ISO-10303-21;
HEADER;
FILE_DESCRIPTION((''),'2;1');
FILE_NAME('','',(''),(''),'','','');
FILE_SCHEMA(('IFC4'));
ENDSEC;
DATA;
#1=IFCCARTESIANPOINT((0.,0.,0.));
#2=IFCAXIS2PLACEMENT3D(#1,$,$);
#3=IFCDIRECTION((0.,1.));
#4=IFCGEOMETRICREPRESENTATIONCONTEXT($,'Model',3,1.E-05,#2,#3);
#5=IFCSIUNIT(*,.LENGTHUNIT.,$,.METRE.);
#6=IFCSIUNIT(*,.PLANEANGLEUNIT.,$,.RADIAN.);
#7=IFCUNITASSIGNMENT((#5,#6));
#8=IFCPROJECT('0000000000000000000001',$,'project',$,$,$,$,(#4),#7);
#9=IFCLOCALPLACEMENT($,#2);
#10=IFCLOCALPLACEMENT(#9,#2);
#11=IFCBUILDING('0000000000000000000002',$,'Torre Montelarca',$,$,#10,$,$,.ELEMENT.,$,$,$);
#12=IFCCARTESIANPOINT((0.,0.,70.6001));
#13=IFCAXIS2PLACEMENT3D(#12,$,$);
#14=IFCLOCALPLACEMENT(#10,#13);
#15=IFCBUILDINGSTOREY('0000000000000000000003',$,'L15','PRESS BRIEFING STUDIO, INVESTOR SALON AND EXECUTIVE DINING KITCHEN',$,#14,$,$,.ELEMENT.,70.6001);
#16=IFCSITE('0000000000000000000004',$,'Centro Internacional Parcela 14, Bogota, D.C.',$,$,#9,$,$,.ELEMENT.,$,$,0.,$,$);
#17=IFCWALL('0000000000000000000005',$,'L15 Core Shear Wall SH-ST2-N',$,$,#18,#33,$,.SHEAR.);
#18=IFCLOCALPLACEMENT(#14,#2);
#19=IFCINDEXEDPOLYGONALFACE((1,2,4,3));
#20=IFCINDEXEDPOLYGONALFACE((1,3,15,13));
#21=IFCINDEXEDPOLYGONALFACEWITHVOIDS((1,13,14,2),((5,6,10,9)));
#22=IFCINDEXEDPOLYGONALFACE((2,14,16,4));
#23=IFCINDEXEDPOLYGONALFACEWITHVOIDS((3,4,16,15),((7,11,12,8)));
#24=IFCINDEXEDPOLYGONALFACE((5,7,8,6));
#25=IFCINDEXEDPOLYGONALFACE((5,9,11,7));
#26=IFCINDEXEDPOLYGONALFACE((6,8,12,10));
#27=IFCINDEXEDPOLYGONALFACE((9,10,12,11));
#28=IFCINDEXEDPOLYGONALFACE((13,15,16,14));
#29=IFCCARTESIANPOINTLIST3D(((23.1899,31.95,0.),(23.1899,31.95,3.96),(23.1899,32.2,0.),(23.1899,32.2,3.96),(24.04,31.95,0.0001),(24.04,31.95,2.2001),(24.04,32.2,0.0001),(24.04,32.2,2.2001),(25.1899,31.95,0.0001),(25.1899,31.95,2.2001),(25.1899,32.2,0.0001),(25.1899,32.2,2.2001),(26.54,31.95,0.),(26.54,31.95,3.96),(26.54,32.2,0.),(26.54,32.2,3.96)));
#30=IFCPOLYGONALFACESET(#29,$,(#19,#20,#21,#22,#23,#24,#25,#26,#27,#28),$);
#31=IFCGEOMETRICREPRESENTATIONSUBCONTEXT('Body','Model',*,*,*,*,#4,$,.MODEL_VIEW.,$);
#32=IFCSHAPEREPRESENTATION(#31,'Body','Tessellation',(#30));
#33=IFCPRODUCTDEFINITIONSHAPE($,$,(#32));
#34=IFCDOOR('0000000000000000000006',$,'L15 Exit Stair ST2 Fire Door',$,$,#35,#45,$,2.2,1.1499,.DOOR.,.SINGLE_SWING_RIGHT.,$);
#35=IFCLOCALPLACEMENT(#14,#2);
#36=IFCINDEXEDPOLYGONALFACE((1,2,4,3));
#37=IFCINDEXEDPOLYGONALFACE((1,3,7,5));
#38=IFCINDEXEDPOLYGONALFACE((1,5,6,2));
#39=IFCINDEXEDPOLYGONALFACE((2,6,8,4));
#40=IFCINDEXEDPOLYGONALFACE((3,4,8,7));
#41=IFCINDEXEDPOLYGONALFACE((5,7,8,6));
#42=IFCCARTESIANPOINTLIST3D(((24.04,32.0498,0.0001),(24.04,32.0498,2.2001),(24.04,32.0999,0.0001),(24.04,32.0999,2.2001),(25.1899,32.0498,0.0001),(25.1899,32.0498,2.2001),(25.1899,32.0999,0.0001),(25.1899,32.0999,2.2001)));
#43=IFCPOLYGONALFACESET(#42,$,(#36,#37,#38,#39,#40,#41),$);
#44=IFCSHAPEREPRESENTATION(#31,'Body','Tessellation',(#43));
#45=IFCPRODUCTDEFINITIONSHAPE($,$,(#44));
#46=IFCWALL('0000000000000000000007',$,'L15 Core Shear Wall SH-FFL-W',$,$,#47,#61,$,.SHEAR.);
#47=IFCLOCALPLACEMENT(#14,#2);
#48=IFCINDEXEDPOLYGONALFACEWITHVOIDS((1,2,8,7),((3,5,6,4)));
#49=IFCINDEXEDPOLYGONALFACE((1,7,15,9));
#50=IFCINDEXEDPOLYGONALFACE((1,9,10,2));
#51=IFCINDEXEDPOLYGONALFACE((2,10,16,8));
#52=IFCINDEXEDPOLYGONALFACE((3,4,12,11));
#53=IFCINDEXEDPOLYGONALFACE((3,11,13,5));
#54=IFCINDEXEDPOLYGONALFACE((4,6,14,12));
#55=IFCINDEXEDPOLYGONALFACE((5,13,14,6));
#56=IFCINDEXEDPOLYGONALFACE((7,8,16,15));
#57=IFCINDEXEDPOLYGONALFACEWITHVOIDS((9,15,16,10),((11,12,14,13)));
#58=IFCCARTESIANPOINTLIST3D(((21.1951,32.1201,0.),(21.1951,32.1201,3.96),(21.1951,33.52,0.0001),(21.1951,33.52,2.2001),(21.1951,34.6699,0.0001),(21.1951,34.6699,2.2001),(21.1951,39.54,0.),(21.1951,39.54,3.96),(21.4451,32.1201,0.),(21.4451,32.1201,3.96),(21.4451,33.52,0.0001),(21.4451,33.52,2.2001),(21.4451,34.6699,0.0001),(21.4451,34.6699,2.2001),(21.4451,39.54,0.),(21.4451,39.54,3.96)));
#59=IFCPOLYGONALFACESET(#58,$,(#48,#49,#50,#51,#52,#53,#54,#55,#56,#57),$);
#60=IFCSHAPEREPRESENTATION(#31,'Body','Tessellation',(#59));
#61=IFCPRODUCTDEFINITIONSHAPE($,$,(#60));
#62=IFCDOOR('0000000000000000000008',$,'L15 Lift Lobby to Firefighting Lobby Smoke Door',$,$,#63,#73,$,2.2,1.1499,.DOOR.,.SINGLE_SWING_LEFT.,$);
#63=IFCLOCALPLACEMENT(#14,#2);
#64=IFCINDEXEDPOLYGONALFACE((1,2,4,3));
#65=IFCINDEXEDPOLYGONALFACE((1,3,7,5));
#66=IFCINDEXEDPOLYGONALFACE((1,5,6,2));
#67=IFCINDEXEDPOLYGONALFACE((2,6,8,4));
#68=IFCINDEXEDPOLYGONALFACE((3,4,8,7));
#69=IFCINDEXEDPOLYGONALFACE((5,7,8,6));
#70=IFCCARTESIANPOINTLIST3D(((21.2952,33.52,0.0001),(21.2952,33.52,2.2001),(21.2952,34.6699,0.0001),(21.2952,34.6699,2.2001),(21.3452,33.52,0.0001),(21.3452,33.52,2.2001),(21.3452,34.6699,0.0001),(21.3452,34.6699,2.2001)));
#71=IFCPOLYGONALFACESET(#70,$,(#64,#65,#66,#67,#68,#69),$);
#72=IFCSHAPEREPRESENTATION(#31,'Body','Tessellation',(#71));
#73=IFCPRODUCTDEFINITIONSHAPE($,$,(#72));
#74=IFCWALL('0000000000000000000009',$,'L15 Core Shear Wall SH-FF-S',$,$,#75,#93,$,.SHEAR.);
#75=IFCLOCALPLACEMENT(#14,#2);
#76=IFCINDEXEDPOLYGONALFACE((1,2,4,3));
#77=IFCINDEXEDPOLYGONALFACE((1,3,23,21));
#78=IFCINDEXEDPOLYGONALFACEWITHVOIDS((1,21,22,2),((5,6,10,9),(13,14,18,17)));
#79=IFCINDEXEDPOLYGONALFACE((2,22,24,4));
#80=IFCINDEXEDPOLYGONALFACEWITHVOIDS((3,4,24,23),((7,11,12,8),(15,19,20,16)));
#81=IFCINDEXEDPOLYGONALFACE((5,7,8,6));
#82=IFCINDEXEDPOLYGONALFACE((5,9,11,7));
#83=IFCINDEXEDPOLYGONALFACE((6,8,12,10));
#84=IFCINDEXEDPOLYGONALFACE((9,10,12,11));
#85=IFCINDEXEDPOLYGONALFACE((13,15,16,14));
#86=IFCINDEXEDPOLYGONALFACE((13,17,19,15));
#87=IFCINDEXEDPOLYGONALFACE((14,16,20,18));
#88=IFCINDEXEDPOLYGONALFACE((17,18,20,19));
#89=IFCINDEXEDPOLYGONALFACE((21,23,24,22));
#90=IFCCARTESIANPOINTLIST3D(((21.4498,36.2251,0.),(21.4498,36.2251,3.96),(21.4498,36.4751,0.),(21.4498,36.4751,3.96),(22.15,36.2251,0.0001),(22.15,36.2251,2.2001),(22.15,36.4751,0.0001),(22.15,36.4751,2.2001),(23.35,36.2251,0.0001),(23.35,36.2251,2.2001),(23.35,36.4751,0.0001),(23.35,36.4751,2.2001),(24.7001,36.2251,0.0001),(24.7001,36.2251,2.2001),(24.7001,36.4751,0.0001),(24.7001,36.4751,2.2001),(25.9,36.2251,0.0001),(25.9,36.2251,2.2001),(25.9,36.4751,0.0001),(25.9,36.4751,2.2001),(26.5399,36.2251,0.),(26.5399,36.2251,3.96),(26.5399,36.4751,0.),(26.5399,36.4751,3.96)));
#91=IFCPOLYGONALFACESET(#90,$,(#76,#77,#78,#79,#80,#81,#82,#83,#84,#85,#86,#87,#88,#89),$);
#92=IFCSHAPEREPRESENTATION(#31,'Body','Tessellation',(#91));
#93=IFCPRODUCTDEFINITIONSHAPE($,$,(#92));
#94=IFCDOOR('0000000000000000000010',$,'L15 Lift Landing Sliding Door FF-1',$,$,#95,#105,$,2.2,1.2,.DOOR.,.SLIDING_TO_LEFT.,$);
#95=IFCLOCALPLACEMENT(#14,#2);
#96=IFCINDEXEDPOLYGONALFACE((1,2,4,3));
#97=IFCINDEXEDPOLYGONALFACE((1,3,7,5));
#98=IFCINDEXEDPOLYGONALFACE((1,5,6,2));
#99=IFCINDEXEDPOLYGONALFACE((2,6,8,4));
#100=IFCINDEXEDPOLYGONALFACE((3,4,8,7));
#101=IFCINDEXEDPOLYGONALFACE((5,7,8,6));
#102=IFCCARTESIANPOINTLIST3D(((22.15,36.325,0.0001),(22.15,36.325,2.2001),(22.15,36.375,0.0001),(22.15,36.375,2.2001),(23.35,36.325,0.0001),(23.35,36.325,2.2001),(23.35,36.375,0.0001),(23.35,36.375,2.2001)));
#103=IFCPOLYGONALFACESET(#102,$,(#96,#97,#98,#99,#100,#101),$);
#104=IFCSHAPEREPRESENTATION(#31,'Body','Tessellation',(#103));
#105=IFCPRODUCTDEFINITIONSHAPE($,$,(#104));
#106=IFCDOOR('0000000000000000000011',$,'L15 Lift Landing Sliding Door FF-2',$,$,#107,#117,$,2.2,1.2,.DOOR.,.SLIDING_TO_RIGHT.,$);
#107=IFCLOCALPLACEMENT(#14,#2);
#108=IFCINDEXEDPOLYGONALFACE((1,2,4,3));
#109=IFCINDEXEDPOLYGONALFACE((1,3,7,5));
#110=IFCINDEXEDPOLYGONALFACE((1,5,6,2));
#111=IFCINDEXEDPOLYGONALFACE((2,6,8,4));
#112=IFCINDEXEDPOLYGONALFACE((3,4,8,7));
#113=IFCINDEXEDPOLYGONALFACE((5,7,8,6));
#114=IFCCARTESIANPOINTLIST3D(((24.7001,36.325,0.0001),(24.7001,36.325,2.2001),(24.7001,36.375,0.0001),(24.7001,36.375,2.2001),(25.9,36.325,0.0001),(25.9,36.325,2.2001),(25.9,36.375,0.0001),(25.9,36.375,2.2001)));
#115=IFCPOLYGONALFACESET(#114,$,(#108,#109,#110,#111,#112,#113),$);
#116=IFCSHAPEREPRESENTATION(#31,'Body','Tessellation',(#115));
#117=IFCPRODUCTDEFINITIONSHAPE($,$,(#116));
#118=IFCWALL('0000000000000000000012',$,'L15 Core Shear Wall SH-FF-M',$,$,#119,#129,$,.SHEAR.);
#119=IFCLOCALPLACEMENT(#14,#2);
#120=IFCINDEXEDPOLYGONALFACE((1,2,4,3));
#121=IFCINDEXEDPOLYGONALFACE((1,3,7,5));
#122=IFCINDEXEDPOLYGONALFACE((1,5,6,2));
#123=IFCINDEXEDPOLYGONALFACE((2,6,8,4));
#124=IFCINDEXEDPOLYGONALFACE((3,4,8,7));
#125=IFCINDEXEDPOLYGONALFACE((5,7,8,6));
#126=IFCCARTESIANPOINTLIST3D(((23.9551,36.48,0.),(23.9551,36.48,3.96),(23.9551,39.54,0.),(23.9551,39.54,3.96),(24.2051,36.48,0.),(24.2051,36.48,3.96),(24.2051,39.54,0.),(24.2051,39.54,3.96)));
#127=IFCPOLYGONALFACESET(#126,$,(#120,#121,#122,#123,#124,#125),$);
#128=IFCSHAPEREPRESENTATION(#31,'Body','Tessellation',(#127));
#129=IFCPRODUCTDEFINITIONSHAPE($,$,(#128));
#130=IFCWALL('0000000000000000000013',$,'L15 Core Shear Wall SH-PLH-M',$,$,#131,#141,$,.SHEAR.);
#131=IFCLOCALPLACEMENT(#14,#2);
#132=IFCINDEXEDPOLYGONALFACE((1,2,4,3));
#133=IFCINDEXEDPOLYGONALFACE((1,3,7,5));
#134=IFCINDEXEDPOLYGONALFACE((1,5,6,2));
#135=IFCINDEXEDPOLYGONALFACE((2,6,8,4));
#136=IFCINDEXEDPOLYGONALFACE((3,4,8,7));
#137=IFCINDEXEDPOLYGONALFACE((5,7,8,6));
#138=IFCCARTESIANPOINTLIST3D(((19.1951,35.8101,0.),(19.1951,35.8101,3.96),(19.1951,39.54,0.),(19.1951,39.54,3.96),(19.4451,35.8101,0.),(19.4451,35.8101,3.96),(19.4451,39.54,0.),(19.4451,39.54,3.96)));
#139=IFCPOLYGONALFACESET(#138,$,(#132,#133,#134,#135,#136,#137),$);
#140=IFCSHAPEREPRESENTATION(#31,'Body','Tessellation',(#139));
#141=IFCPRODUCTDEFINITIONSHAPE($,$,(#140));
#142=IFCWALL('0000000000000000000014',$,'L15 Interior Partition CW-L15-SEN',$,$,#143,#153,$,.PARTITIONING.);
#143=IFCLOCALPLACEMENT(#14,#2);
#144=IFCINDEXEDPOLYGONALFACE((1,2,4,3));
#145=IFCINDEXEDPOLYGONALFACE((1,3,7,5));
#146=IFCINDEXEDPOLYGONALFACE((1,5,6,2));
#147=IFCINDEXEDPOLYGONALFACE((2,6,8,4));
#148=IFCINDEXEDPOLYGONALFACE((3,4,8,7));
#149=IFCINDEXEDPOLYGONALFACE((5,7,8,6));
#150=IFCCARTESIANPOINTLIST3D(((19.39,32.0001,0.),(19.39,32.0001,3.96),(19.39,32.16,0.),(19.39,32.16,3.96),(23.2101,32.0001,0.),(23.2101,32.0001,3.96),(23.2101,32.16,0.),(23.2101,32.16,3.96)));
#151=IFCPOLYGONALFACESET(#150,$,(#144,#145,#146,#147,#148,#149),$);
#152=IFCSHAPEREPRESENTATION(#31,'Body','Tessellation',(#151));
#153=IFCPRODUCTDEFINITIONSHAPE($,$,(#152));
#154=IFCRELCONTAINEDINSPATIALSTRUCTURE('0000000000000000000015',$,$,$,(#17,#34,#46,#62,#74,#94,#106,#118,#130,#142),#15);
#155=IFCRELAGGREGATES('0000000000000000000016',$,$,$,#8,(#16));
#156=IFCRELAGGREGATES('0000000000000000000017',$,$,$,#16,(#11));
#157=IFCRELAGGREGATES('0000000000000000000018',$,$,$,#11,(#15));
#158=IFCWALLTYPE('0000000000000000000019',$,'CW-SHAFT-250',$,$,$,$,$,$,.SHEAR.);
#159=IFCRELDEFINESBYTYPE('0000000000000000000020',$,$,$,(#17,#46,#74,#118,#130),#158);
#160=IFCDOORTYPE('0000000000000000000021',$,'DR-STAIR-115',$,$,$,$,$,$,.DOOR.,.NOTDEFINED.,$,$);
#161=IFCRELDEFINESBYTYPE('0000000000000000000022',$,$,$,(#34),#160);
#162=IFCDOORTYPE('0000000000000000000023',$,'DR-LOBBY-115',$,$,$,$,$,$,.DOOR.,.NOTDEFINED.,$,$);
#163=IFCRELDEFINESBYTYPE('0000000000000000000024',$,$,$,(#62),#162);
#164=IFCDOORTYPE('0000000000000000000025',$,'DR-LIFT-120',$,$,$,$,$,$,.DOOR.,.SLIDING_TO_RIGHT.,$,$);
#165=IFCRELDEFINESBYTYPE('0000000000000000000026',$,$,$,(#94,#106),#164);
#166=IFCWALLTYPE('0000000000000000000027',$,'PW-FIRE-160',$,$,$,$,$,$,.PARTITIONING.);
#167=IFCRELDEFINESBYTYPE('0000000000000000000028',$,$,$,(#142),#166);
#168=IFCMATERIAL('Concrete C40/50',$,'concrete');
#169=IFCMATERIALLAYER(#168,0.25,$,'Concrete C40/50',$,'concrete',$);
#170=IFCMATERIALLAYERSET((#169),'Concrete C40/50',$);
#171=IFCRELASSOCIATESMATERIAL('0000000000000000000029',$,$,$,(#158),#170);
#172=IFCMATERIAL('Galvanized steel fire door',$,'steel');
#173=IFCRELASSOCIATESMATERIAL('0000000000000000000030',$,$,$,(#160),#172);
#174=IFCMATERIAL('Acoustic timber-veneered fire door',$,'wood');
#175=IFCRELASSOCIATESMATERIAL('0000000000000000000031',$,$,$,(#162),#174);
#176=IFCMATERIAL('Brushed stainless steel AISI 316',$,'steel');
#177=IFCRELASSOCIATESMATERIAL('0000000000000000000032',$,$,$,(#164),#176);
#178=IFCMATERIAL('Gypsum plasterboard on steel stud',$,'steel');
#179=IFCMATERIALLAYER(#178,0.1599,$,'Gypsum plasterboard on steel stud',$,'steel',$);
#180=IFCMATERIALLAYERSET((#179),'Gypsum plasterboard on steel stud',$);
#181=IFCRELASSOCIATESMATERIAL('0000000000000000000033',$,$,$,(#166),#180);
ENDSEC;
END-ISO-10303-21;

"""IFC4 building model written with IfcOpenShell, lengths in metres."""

from ifc_helpers import new_model, si_unit, direction, frame, frame_2d, origin, place, context, subcontext, project, spatial, rectangle, extrude, source, transform, mapped, material, layer, layer_set, type_object, element, fill, save


model = new_model("IFC4")

# Units and contexts
model_context = context("Model", 3, precision=1e-05, world=origin(), true_north=direction((0.0, 1.0)))
body_context = subcontext(model_context, "Body", "Model", "MODEL_VIEW")
ifc_project = project(units=[si_unit("LENGTHUNIT", "METRE"), si_unit("PLANEANGLEUNIT", "RADIAN")], contexts=[model_context])

# Site, building, storey
site_placement = place(None, origin())
site = spatial("IfcSite", under=ifc_project, at=site_placement, Name="Centro Internacional Parcela 14, Bogota, D.C.", CompositionType="ELEMENT", RefElevation=0.0)
building_placement = place(site_placement, origin())
building = spatial("IfcBuilding", under=site, at=building_placement, Name="Torre Montelarca", CompositionType="ELEMENT")
storey_placement = place(building_placement, frame((0.0, 0.0, 70.6001)))
storey = spatial("IfcBuildingStorey", under=building, at=storey_placement, Name="L15", Description="PRESS BRIEFING STUDIO, INVESTOR SALON AND EXECUTIVE DINING KITCHEN", CompositionType="ELEMENT", Elevation=70.6001)

# Walls, openings, doors
ifc_material_1 = material(Name="Concrete C40/50", Category="concrete")
ifc_layer_1 = layer(ifc_material_1, 0.25, Name="Concrete C40/50", Category="concrete")
ifc_layer_set_1 = layer_set([ifc_layer_1], Name="Concrete C40/50")
wall_type_1 = type_object("IfcWallType", Name="CW-SHAFT-250", PredefinedType="SHEAR", material=ifc_layer_set_1)
wall_1_placement = place(storey_placement, frame((23.1899, 32.075, 0.0), z_axis=(0.0, 0.0, 1.0), x_axis=(1.0, 0.0, 0.0)))
wall_1 = element("IfcWall", 1, at=wall_1_placement, inside=storey, type_object=wall_type_1, Name="L15 Core Shear Wall SH-ST2-N", PredefinedType="SHEAR", context=body_context, shape_type="SweptSolid", body=[
    extrude(rectangle(XDim=3.3501, YDim=0.25, at=frame_2d((1.675, 0.0))), origin(), (0.0, 0.0, 1.0), 3.96),
])
opening_1_placement = place(wall_1_placement, frame((0.8501, 0.0, 0.0)))
opening_1 = element("IfcOpeningElement", 2, at=opening_1_placement, cuts=wall_1, PredefinedType="OPENING", context=body_context, shape_type="SweptSolid", body=[
    extrude(rectangle(XDim=1.1499, YDim=2.2, at=frame_2d((0.575, 1.1001))), frame((0.0, 0.135, 0.0), z_axis=(0.0, -1.0, 0.0), x_axis=(1.0, 0.0, 0.0)), (0.0, 0.0, 1.0), 0.27),
])
ifc_material_2 = material(Name="Galvanized steel fire door", Category="steel")
door_type_1 = type_object("IfcDoorType", Name="DR-STAIR-115", OperationType="NOTDEFINED", PredefinedType="DOOR", material=ifc_material_2)
shared_shape_1 = source(origin(), body_context, "Body", "SweptSolid", [
    extrude(rectangle(XDim=1.1499, YDim=2.2, at=frame_2d((0.575, 1.1001))), frame((0.0, 0.0249, 0.0), z_axis=(0.0, -1.0, 0.0), x_axis=(1.0, 0.0, 0.0)), (0.0, 0.0, 1.0), 0.05),
])
door_1_placement = place(opening_1_placement, origin())
door_1 = element("IfcDoor", 3, at=door_1_placement, inside=storey, type_object=door_type_1, Name="L15 Exit Stair ST2 Fire Door", OperationType="SINGLE_SWING_RIGHT", OverallHeight=2.2, OverallWidth=1.1499, PredefinedType="DOOR", context=body_context, shape_type="MappedRepresentation", body=[
    mapped(shared_shape_1, transform((0.0, 0.0, 0.0), scale=1.0)),
])
fill(opening_1, door_1)
wall_2_placement = place(storey_placement, frame((21.3201, 32.1201, 0.0), z_axis=(0.0, 0.0, 1.0), x_axis=(0.0, 1.0, 0.0)))
wall_2 = element("IfcWall", 4, at=wall_2_placement, inside=storey, type_object=wall_type_1, Name="L15 Core Shear Wall SH-FFL-W", PredefinedType="SHEAR", context=body_context, shape_type="SweptSolid", body=[
    extrude(rectangle(XDim=7.4199, YDim=0.25, at=frame_2d((3.71, 0.0))), origin(), (0.0, 0.0, 1.0), 3.96),
])
opening_2_placement = place(wall_2_placement, frame((1.3999, 0.0, 0.0)))
opening_2 = element("IfcOpeningElement", 5, at=opening_2_placement, cuts=wall_2, PredefinedType="OPENING", context=body_context, shape_type="SweptSolid", body=[
    extrude(rectangle(XDim=1.1499, YDim=2.2, at=frame_2d((0.575, 1.1001))), frame((0.0, 0.135, 0.0), z_axis=(0.0, -1.0, 0.0), x_axis=(1.0, 0.0, 0.0)), (0.0, 0.0, 1.0), 0.27),
])
ifc_material_3 = material(Name="Acoustic timber-veneered fire door", Category="wood")
door_type_2 = type_object("IfcDoorType", Name="DR-LOBBY-115", OperationType="NOTDEFINED", PredefinedType="DOOR", material=ifc_material_3)
shared_shape_2 = source(origin(), body_context, "Body", "SweptSolid", [
    extrude(rectangle(XDim=1.1499, YDim=2.2, at=frame_2d((0.575, 1.1001))), frame((0.0, 0.0249, 0.0), z_axis=(0.0, -1.0, 0.0), x_axis=(1.0, 0.0, 0.0)), (0.0, 0.0, 1.0), 0.05),
])
door_2_placement = place(opening_2_placement, origin())
door_2 = element("IfcDoor", 6, at=door_2_placement, inside=storey, type_object=door_type_2, Name="L15 Lift Lobby to Firefighting Lobby Smoke Door", OperationType="SINGLE_SWING_LEFT", OverallHeight=2.2, OverallWidth=1.1499, PredefinedType="DOOR", context=body_context, shape_type="MappedRepresentation", body=[
    mapped(shared_shape_2, transform((0.0, 0.0, 0.0), scale=1.0)),
])
fill(opening_2, door_2)

# Wall, openings, doors
wall_3_placement = place(storey_placement, frame((21.45, 36.3501, 0.0), z_axis=(0.0, 0.0, 1.0), x_axis=(1.0, 0.0, 0.0)))
wall_3 = element("IfcWall", 7, at=wall_3_placement, inside=storey, type_object=wall_type_1, Name="L15 Core Shear Wall SH-FF-S", PredefinedType="SHEAR", context=body_context, shape_type="SweptSolid", body=[
    extrude(rectangle(XDim=5.0901, YDim=0.25, at=frame_2d((2.5449, 0.0))), origin(), (0.0, 0.0, 1.0), 3.96),
])
opening_3_placement = place(wall_3_placement, frame((0.7, 0.0, 0.0)))
opening_3 = element("IfcOpeningElement", 8, at=opening_3_placement, cuts=wall_3, PredefinedType="OPENING", context=body_context, shape_type="SweptSolid", body=[
    extrude(rectangle(XDim=1.2, YDim=2.2, at=frame_2d((0.6001, 1.1001))), frame((0.0, 0.135, 0.0), z_axis=(0.0, -1.0, 0.0), x_axis=(1.0, 0.0, 0.0)), (0.0, 0.0, 1.0), 0.27),
])
opening_4_placement = place(wall_3_placement, frame((3.25, 0.0, 0.0)))
opening_4 = element("IfcOpeningElement", 9, at=opening_4_placement, cuts=wall_3, PredefinedType="OPENING", context=body_context, shape_type="SweptSolid", body=[
    extrude(rectangle(XDim=1.2, YDim=2.2, at=frame_2d((0.6001, 1.1001))), frame((0.0, 0.135, 0.0), z_axis=(0.0, -1.0, 0.0), x_axis=(1.0, 0.0, 0.0)), (0.0, 0.0, 1.0), 0.27),
])
ifc_material_4 = material(Name="Brushed stainless steel AISI 316", Category="steel")
door_type_3 = type_object("IfcDoorType", Name="DR-LIFT-120", OperationType="SLIDING_TO_RIGHT", PredefinedType="DOOR", material=ifc_material_4)
shared_shape_3 = source(origin(), body_context, "Body", "SweptSolid", [
    extrude(rectangle(XDim=1.2, YDim=2.2, at=frame_2d((0.6001, 1.1001))), frame((0.0, 0.0249, 0.0), z_axis=(0.0, -1.0, 0.0), x_axis=(1.0, 0.0, 0.0)), (0.0, 0.0, 1.0), 0.05),
])
door_3_placement = place(opening_3_placement, origin())
door_3 = element("IfcDoor", 10, at=door_3_placement, inside=storey, type_object=door_type_3, Name="L15 Lift Landing Sliding Door FF-1", OperationType="SLIDING_TO_LEFT", OverallHeight=2.2, OverallWidth=1.2, PredefinedType="DOOR", context=body_context, shape_type="MappedRepresentation", body=[
    mapped(shared_shape_3, transform((0.0, 0.0, 0.0), scale=1.0)),
])
fill(opening_3, door_3)
door_4_placement = place(opening_4_placement, origin())
door_4 = element("IfcDoor", 11, at=door_4_placement, inside=storey, type_object=door_type_3, Name="L15 Lift Landing Sliding Door FF-2", OperationType="SLIDING_TO_RIGHT", OverallHeight=2.2, OverallWidth=1.2, PredefinedType="DOOR", context=body_context, shape_type="MappedRepresentation", body=[
    mapped(shared_shape_3, transform((0.0, 0.0, 0.0), scale=1.0)),
])
fill(opening_4, door_4)

# Walls
wall_4_placement = place(storey_placement, frame((24.0801, 36.48, 0.0), z_axis=(0.0, 0.0, 1.0), x_axis=(0.0, 1.0, 0.0)))
element("IfcWall", 12, at=wall_4_placement, inside=storey, type_object=wall_type_1, Name="L15 Core Shear Wall SH-FF-M", PredefinedType="SHEAR", context=body_context, shape_type="SweptSolid", body=[
    extrude(rectangle(XDim=3.0601, YDim=0.25, at=frame_2d((1.53, 0.0))), origin(), (0.0, 0.0, 1.0), 3.96),
])
wall_5_placement = place(storey_placement, frame((19.3201, 35.8101, 0.0), z_axis=(0.0, 0.0, 1.0), x_axis=(0.0, 1.0, 0.0)))
element("IfcWall", 13, at=wall_5_placement, inside=storey, type_object=wall_type_1, Name="L15 Core Shear Wall SH-PLH-M", PredefinedType="SHEAR", context=body_context, shape_type="SweptSolid", body=[
    extrude(rectangle(XDim=3.73, YDim=0.25, at=frame_2d((1.865, 0.0))), origin(), (0.0, 0.0, 1.0), 3.96),
])
ifc_material_5 = material(Name="Gypsum plasterboard on steel stud", Category="steel")
ifc_layer_2 = layer(ifc_material_5, 0.1599, Name="Gypsum plasterboard on steel stud", Category="steel")
ifc_layer_set_2 = layer_set([ifc_layer_2], Name="Gypsum plasterboard on steel stud")
wall_type_2 = type_object("IfcWallType", Name="PW-FIRE-160", PredefinedType="PARTITIONING", material=ifc_layer_set_2)
wall_6_placement = place(storey_placement, frame((19.3899, 32.0801, 0.0), z_axis=(0.0, 0.0, 1.0), x_axis=(1.0, 0.0, 0.0)))
element("IfcWall", 14, at=wall_6_placement, inside=storey, type_object=wall_type_2, Name="L15 Interior Partition CW-L15-SEN", PredefinedType="PARTITIONING", context=body_context, shape_type="SweptSolid", body=[
    extrude(rectangle(XDim=3.8201, YDim=0.1599, at=frame_2d((1.9102, 0.0))), origin(), (0.0, 0.0, 1.0), 3.96),
])

save(model, "model.ifc")
